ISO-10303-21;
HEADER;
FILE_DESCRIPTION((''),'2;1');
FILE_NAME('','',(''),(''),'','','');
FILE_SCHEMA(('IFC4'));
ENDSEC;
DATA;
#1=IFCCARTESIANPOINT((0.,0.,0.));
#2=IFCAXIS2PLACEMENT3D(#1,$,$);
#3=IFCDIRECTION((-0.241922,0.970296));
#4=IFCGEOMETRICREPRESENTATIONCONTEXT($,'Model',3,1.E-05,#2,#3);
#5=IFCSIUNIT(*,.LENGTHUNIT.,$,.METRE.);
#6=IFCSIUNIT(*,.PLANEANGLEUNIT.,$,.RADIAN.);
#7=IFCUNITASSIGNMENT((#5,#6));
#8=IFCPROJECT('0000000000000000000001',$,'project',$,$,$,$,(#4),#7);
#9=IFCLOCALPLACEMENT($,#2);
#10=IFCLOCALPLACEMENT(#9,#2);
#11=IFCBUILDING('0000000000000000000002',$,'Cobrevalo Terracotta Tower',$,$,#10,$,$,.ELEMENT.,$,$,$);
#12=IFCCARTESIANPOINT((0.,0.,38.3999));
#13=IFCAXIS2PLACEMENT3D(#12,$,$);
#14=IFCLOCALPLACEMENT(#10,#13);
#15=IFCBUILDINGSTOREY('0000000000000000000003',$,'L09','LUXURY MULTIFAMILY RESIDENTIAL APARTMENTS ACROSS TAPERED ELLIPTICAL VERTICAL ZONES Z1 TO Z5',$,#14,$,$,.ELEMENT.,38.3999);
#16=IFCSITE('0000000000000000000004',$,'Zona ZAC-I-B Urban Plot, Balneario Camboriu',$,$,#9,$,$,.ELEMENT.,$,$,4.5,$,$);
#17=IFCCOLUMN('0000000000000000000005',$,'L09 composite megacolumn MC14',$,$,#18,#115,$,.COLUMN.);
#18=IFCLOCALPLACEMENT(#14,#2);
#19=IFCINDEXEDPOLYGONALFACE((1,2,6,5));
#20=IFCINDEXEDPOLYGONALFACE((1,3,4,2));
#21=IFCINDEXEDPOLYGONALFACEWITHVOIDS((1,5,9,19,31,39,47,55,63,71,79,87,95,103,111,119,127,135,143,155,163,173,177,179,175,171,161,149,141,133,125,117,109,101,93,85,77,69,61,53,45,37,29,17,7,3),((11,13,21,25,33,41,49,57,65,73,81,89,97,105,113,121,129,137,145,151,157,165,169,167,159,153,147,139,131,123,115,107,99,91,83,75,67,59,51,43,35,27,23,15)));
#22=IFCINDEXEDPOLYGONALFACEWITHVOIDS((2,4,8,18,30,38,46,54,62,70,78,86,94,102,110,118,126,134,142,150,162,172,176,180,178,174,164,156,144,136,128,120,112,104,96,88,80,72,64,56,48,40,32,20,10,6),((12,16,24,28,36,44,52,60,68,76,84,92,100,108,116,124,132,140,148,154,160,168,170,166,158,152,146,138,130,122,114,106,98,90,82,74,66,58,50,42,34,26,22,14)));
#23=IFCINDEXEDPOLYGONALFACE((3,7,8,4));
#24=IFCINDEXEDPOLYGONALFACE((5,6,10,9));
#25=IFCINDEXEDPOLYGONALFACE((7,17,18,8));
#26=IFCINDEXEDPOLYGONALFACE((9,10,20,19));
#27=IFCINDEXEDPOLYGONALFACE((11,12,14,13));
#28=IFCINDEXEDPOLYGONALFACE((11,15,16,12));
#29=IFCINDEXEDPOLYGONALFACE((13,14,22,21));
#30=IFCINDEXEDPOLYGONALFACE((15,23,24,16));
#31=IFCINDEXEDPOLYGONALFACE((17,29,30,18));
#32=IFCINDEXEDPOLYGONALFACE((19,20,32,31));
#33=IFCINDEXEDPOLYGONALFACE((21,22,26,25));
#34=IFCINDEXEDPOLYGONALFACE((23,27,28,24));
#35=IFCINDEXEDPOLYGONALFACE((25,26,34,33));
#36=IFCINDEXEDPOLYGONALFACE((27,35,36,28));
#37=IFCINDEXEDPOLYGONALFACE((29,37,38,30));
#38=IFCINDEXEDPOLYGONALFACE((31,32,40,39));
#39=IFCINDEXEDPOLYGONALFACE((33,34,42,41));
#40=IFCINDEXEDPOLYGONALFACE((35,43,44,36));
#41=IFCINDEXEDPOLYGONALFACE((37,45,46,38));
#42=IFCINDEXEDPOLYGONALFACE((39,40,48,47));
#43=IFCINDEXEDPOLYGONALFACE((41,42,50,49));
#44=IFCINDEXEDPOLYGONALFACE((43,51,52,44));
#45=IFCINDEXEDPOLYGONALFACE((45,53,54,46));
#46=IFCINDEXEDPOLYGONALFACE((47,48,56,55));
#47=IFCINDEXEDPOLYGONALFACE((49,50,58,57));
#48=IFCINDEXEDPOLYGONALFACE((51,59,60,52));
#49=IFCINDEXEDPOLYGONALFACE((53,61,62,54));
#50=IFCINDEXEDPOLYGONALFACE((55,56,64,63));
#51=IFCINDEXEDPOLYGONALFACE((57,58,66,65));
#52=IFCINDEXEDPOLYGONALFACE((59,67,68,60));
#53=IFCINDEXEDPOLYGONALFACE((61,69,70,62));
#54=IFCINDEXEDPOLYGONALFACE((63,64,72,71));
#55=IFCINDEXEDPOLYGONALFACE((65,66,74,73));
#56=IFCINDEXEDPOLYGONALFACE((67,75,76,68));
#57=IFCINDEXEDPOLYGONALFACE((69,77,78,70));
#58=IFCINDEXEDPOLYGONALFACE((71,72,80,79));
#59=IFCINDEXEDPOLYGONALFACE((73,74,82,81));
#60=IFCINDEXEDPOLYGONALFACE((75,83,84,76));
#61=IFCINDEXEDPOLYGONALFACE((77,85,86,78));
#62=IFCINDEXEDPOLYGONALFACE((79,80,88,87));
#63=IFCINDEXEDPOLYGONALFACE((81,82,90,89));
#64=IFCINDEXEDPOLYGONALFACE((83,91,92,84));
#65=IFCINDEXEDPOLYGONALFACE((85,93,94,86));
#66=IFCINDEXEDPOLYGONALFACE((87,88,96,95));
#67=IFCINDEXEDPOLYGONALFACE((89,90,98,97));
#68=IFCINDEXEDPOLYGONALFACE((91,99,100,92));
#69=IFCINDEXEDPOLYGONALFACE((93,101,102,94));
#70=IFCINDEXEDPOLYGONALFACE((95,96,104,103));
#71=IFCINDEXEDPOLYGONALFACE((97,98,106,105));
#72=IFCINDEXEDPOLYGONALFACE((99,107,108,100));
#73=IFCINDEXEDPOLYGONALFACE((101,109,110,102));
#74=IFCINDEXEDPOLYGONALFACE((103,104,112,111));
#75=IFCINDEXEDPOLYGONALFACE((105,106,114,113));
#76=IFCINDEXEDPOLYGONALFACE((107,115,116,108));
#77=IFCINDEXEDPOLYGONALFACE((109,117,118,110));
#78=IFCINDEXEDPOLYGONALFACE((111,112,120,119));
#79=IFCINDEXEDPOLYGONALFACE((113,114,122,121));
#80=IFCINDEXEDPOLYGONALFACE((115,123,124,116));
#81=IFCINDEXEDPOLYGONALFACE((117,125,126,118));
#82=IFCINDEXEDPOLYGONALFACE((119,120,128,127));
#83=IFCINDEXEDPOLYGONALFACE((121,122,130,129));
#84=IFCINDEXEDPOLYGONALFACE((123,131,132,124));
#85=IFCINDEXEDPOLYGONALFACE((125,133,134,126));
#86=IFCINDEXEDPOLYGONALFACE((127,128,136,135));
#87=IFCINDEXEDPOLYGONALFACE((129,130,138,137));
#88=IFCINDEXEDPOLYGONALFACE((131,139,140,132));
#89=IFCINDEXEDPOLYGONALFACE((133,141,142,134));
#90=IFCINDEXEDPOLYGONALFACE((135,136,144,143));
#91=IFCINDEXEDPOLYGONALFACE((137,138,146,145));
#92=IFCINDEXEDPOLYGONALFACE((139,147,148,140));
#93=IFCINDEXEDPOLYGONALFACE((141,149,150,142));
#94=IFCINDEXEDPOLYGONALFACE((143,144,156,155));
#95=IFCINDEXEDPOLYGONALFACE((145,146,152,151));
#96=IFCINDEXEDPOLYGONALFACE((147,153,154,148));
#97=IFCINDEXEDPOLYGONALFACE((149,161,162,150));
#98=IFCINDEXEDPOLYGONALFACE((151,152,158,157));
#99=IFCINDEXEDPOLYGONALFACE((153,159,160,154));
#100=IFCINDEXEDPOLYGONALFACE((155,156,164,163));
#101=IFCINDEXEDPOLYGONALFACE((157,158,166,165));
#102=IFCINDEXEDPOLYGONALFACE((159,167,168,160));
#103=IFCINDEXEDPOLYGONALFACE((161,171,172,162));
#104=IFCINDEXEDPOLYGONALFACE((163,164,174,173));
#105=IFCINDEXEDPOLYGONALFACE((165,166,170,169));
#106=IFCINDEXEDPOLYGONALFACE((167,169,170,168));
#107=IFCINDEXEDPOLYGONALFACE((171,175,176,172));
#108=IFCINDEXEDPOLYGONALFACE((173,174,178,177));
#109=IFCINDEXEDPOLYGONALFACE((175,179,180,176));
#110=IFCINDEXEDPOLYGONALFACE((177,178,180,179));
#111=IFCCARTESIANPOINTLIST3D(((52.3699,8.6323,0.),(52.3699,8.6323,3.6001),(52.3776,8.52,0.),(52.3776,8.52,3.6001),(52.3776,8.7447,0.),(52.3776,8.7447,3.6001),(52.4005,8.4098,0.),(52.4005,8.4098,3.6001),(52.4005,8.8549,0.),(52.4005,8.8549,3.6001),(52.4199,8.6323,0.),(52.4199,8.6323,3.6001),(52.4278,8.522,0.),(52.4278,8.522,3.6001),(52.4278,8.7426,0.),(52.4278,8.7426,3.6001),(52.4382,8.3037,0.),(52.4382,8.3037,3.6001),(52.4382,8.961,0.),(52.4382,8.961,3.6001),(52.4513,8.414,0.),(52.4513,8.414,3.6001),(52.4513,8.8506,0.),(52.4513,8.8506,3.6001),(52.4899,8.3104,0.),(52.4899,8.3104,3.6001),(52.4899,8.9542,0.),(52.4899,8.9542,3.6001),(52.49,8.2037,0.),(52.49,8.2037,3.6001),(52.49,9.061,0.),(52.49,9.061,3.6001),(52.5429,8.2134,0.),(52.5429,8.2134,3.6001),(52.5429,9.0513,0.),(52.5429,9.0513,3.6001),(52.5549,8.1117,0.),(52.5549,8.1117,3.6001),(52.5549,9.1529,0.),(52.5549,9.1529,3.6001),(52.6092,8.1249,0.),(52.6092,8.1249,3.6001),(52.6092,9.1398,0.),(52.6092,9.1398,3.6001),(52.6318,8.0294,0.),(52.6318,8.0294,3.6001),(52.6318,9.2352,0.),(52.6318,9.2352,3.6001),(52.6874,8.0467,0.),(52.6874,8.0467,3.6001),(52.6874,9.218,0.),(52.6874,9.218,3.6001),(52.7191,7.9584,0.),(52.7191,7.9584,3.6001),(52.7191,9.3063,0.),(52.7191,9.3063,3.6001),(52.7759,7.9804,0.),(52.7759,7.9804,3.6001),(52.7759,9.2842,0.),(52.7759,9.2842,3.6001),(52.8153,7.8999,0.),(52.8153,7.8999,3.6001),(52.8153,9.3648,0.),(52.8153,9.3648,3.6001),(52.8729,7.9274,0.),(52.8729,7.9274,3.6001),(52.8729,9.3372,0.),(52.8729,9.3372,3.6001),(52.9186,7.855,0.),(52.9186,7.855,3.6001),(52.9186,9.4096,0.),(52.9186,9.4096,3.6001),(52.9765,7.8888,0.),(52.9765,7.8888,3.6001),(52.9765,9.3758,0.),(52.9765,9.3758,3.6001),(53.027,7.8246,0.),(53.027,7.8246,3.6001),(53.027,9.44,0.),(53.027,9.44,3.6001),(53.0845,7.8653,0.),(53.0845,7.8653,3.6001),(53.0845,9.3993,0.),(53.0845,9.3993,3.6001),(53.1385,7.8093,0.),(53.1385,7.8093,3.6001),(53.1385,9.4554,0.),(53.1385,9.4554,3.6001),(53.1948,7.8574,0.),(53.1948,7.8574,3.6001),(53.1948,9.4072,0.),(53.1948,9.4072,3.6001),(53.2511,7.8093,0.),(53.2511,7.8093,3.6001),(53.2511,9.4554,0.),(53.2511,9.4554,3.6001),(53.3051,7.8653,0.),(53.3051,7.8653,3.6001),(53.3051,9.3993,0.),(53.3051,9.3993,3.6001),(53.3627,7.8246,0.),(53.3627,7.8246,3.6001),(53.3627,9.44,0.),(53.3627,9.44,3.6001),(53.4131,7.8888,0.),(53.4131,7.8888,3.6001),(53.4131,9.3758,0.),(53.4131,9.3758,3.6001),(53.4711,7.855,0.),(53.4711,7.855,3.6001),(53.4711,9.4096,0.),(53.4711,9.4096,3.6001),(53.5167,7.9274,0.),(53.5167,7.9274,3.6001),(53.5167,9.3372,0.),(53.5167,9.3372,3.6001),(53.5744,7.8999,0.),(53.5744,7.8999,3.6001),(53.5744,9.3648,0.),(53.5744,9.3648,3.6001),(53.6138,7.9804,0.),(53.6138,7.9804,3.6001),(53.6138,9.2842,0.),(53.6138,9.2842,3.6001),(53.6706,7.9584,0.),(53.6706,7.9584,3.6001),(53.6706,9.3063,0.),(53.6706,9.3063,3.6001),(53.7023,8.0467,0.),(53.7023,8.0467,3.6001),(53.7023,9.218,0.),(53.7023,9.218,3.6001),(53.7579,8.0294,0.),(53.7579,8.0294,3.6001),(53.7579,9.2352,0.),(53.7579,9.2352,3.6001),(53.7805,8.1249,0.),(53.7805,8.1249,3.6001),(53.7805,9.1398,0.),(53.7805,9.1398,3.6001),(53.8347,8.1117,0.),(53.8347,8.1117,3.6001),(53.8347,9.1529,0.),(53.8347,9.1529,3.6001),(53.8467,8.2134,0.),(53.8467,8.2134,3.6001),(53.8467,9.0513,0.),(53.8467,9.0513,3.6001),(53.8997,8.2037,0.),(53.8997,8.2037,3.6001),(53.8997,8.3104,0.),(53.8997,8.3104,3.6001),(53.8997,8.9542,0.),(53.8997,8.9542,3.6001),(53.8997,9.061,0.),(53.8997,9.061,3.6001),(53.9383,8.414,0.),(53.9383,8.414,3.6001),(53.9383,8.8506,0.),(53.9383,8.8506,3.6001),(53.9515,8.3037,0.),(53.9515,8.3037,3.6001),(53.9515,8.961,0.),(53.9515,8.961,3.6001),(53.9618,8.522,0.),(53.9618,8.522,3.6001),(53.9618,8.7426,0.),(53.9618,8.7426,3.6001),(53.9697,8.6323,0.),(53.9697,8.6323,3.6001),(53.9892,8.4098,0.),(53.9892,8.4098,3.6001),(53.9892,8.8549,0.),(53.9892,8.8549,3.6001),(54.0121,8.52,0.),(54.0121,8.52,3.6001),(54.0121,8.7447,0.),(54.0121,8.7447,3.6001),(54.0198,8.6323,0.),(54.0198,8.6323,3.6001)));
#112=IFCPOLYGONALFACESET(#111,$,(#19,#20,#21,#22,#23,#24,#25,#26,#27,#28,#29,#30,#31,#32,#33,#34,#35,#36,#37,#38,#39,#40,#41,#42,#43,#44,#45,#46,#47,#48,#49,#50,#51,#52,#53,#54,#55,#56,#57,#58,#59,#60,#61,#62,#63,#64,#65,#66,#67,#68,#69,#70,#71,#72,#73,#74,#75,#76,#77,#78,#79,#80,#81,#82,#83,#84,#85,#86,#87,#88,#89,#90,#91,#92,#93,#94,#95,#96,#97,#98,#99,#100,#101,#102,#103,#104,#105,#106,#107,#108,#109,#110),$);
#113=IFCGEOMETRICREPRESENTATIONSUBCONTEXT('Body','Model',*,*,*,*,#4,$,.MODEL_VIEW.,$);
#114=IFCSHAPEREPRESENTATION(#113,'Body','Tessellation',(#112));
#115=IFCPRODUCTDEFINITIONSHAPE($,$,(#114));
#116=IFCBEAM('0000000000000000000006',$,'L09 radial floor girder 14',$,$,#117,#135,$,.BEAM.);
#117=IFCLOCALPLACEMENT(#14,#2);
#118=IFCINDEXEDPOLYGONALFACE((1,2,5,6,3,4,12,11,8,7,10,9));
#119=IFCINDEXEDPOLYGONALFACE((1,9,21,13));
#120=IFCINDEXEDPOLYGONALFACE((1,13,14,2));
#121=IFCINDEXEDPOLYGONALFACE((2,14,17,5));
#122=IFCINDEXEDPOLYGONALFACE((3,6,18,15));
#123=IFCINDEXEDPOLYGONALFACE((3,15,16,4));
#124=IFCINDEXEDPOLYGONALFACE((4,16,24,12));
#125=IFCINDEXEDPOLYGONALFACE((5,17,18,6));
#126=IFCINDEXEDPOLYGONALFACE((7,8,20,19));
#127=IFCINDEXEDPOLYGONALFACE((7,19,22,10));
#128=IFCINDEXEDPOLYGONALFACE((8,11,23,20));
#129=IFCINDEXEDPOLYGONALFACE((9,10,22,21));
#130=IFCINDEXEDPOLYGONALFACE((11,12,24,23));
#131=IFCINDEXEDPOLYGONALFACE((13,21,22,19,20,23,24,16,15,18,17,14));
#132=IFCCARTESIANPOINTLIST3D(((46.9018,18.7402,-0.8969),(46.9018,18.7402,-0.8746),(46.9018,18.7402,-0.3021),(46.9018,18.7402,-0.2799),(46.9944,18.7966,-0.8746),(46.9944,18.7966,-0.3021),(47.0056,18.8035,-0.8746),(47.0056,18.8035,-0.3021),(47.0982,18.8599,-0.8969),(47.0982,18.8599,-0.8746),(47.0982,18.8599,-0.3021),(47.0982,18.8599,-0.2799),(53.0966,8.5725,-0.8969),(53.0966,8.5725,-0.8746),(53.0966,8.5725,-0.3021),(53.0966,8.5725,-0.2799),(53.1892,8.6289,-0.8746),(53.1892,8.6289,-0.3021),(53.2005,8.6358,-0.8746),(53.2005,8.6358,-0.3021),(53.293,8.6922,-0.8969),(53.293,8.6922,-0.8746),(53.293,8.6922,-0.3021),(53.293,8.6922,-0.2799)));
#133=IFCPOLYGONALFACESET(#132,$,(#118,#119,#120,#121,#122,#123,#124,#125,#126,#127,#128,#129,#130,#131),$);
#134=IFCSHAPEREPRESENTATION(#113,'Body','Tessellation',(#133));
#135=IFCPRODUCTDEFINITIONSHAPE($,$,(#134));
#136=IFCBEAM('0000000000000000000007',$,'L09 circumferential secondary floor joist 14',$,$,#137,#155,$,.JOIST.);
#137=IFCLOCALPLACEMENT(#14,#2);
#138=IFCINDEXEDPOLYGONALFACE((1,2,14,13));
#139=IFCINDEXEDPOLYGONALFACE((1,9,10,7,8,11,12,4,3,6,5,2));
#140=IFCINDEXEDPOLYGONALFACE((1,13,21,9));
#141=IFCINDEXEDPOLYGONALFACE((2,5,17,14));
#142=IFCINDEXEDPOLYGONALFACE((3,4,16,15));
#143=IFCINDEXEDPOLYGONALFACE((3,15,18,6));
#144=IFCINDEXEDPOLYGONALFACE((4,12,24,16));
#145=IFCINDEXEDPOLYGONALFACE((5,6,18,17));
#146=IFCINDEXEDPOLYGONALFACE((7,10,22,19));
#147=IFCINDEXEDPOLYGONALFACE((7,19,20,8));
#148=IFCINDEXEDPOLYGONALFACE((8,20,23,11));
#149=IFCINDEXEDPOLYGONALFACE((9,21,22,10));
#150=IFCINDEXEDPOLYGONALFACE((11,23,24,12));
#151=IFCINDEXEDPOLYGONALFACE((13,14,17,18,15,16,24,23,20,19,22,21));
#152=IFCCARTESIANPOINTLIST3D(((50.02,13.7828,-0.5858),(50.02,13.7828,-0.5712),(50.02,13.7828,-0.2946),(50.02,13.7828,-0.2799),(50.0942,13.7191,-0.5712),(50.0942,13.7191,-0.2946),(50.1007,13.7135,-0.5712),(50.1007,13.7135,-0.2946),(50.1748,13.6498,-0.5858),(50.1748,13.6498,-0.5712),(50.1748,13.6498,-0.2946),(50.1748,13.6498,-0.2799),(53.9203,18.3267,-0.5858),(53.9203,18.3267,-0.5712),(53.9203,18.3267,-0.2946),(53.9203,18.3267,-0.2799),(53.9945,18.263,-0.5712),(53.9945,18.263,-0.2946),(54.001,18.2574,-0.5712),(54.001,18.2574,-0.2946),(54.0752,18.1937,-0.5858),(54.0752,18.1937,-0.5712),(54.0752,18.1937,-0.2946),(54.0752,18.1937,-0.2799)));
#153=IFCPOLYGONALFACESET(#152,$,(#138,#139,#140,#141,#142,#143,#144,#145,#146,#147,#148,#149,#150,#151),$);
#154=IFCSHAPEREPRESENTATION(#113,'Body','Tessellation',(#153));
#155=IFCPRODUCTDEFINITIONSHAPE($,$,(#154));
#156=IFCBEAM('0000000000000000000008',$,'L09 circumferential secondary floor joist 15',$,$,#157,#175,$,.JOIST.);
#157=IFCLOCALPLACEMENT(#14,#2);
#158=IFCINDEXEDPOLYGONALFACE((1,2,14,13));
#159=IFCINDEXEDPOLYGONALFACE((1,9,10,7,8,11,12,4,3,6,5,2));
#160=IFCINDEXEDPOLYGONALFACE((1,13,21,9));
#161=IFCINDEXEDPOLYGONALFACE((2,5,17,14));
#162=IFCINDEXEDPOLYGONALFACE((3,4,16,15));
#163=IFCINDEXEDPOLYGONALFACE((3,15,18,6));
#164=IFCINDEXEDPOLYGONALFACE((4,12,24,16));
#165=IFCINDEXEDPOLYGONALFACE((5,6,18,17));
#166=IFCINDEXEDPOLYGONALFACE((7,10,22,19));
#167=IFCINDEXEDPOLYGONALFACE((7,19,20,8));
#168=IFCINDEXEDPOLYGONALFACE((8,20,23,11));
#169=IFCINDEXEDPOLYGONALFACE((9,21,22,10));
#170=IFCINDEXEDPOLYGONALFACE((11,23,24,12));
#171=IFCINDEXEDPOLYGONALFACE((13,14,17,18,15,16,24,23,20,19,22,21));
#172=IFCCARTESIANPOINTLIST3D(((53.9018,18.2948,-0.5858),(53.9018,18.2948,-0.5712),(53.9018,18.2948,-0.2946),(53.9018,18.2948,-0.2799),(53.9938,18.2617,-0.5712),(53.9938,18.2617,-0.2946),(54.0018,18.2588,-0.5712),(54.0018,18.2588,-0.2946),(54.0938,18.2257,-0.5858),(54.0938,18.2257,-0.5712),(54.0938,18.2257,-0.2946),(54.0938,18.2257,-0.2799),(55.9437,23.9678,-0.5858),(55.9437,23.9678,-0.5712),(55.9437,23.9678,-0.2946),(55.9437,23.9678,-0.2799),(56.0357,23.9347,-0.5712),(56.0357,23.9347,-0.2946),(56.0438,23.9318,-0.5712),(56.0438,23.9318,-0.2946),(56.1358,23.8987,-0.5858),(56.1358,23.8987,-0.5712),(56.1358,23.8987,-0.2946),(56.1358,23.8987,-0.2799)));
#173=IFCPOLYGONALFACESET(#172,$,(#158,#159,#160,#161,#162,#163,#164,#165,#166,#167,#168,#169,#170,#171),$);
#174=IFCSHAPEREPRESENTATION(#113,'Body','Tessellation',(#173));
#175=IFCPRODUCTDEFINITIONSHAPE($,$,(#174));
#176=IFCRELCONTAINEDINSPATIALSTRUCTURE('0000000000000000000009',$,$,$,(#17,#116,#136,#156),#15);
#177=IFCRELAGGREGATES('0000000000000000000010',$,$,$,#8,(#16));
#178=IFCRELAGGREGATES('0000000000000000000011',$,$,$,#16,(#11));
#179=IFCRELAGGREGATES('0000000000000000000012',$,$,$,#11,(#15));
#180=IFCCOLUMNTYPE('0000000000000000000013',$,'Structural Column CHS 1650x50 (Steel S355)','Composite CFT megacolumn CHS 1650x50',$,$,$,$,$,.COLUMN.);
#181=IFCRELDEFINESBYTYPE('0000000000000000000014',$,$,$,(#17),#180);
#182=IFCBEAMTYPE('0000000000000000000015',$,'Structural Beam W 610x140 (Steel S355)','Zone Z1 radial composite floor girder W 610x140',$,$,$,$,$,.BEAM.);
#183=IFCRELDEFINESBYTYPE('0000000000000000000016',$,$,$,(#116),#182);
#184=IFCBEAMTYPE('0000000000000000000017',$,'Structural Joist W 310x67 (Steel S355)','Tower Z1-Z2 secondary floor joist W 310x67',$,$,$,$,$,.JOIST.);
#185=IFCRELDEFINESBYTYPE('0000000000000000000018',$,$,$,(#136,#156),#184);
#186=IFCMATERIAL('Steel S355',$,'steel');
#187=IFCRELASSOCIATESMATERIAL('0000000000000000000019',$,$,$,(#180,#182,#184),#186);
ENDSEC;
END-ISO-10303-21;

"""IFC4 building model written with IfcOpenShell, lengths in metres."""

from ifc_helpers import new_model, si_unit, direction, frame, origin, origin_2d, place, context, subcontext, project, spatial, hollow_circle, i_section, extrude, material, material_profile, profile_set, type_object, element, save


model = new_model("IFC4")

# Units and contexts
model_context = context("Model", 3, precision=1e-05, world=origin(), true_north=direction((-0.241922, 0.970296)))
body_context = subcontext(model_context, "Body", "Model", "MODEL_VIEW")
ifc_project = project(units=[si_unit("LENGTHUNIT", "METRE"), si_unit("PLANEANGLEUNIT", "RADIAN")], contexts=[model_context])

# Site, building, storey
site_placement = place(None, origin())
site = spatial("IfcSite", under=ifc_project, at=site_placement, Name="Zona ZAC-I-B Urban Plot, Balneario Camboriu", CompositionType="ELEMENT", RefElevation=4.5)
building_placement = place(site_placement, origin())
building = spatial("IfcBuilding", under=site, at=building_placement, Name="Cobrevalo Terracotta Tower", CompositionType="ELEMENT")
storey_placement = place(building_placement, frame((0.0, 0.0, 38.3999)))
storey = spatial("IfcBuildingStorey", under=building, at=storey_placement, Name="L09", Description="LUXURY MULTIFAMILY RESIDENTIAL APARTMENTS ACROSS TAPERED ELLIPTICAL VERTICAL ZONES Z1 TO Z5", CompositionType="ELEMENT", Elevation=38.3999)

# Column
ifc_material_1 = material(Name="Steel S355", Category="steel")
ifc_material_profile_1 = material_profile(ifc_material_1, hollow_circle(Radius=0.825, WallThickness=0.05, at=origin_2d()), Name="CHS 1650x50")
ifc_profile_set_1 = profile_set([ifc_material_profile_1], Name="Steel S355")
column_type = type_object("IfcColumnType", Name="Structural Column CHS 1650x50 (Steel S355)", Description="Composite CFT megacolumn CHS 1650x50", PredefinedType="COLUMN", material=ifc_profile_set_1)
column_placement = place(storey_placement, frame((53.1948, 8.6323, 0.0), z_axis=(0.0, 0.0, 1.0), x_axis=(1.0, 0.0, 0.0)))
element("IfcColumn", 1, at=column_placement, inside=storey, type_object=column_type, Name="L09 composite megacolumn MC14", PredefinedType="COLUMN", context=body_context, shape_type="SweptSolid", body=[
    extrude(hollow_circle(Radius=0.825, WallThickness=0.05, at=origin_2d()), origin(), (0.0, 0.0, 1.0), 3.6001),
])

# Beams
ifc_material_profile_2 = material_profile(ifc_material_1, i_section(OverallWidth=0.23, OverallDepth=0.6169, WebThickness=0.0132, FlangeThickness=0.0222, at=origin_2d()), Name="W 610x140")
ifc_profile_set_2 = profile_set([ifc_material_profile_2], Name="Steel S355")
beam_type_1 = type_object("IfcBeamType", Name="Structural Beam W 610x140 (Steel S355)", Description="Zone Z1 radial composite floor girder W 610x140", PredefinedType="BEAM", material=ifc_profile_set_2)
beam_1_placement = place(storey_placement, frame((53.1948, 8.6323, -0.5884), z_axis=(-0.520301, 0.853983, 0.0), x_axis=(-0.853983, -0.520301, 0.0)))
element("IfcBeam", 2, at=beam_1_placement, inside=storey, type_object=beam_type_1, Name="L09 radial floor girder 14", PredefinedType="BEAM", context=body_context, shape_type="SweptSolid", body=[
    extrude(i_section(OverallWidth=0.23, OverallDepth=0.6169, WebThickness=0.0132, FlangeThickness=0.0222, at=origin_2d()), origin(), (0.0, 0.0, 1.0), 11.9062),
])
ifc_material_profile_3 = material_profile(ifc_material_1, i_section(OverallWidth=0.2041, OverallDepth=0.3059, WebThickness=0.0085, FlangeThickness=0.0146, at=origin_2d()), Name="W 310x67")
ifc_profile_set_3 = profile_set([ifc_material_profile_3], Name="Steel S355")
beam_type_2 = type_object("IfcBeamType", Name="Structural Joist W 310x67 (Steel S355)", Description="Tower Z1-Z2 secondary floor joist W 310x67", PredefinedType="JOIST", material=ifc_profile_set_3)
beam_2_placement = place(storey_placement, frame((50.0974, 13.7163, -0.4329), z_axis=(0.651328, 0.758796, 0.0), x_axis=(-0.758796, 0.651328, 0.0)))
element("IfcBeam", 3, at=beam_2_placement, inside=storey, type_object=beam_type_2, Name="L09 circumferential secondary floor joist 14", PredefinedType="JOIST", context=body_context, shape_type="SweptSolid", body=[
    extrude(i_section(OverallWidth=0.2041, OverallDepth=0.3059, WebThickness=0.0085, FlangeThickness=0.0146, at=origin_2d()), origin(), (0.0, 0.0, 1.0), 5.9883),
])
beam_3_placement = place(storey_placement, frame((53.9978, 18.2603, -0.4329), z_axis=(0.338672, 0.940904, 0.0), x_axis=(-0.940904, 0.338672, 0.0)))
element("IfcBeam", 4, at=beam_3_placement, inside=storey, type_object=beam_type_2, Name="L09 circumferential secondary floor joist 15", PredefinedType="JOIST", context=body_context, shape_type="SweptSolid", body=[
    extrude(i_section(OverallWidth=0.2041, OverallDepth=0.3059, WebThickness=0.0085, FlangeThickness=0.0146, at=origin_2d()), origin(), (0.0, 0.0, 1.0), 6.0293),
])

save(model, "model.ifc")
